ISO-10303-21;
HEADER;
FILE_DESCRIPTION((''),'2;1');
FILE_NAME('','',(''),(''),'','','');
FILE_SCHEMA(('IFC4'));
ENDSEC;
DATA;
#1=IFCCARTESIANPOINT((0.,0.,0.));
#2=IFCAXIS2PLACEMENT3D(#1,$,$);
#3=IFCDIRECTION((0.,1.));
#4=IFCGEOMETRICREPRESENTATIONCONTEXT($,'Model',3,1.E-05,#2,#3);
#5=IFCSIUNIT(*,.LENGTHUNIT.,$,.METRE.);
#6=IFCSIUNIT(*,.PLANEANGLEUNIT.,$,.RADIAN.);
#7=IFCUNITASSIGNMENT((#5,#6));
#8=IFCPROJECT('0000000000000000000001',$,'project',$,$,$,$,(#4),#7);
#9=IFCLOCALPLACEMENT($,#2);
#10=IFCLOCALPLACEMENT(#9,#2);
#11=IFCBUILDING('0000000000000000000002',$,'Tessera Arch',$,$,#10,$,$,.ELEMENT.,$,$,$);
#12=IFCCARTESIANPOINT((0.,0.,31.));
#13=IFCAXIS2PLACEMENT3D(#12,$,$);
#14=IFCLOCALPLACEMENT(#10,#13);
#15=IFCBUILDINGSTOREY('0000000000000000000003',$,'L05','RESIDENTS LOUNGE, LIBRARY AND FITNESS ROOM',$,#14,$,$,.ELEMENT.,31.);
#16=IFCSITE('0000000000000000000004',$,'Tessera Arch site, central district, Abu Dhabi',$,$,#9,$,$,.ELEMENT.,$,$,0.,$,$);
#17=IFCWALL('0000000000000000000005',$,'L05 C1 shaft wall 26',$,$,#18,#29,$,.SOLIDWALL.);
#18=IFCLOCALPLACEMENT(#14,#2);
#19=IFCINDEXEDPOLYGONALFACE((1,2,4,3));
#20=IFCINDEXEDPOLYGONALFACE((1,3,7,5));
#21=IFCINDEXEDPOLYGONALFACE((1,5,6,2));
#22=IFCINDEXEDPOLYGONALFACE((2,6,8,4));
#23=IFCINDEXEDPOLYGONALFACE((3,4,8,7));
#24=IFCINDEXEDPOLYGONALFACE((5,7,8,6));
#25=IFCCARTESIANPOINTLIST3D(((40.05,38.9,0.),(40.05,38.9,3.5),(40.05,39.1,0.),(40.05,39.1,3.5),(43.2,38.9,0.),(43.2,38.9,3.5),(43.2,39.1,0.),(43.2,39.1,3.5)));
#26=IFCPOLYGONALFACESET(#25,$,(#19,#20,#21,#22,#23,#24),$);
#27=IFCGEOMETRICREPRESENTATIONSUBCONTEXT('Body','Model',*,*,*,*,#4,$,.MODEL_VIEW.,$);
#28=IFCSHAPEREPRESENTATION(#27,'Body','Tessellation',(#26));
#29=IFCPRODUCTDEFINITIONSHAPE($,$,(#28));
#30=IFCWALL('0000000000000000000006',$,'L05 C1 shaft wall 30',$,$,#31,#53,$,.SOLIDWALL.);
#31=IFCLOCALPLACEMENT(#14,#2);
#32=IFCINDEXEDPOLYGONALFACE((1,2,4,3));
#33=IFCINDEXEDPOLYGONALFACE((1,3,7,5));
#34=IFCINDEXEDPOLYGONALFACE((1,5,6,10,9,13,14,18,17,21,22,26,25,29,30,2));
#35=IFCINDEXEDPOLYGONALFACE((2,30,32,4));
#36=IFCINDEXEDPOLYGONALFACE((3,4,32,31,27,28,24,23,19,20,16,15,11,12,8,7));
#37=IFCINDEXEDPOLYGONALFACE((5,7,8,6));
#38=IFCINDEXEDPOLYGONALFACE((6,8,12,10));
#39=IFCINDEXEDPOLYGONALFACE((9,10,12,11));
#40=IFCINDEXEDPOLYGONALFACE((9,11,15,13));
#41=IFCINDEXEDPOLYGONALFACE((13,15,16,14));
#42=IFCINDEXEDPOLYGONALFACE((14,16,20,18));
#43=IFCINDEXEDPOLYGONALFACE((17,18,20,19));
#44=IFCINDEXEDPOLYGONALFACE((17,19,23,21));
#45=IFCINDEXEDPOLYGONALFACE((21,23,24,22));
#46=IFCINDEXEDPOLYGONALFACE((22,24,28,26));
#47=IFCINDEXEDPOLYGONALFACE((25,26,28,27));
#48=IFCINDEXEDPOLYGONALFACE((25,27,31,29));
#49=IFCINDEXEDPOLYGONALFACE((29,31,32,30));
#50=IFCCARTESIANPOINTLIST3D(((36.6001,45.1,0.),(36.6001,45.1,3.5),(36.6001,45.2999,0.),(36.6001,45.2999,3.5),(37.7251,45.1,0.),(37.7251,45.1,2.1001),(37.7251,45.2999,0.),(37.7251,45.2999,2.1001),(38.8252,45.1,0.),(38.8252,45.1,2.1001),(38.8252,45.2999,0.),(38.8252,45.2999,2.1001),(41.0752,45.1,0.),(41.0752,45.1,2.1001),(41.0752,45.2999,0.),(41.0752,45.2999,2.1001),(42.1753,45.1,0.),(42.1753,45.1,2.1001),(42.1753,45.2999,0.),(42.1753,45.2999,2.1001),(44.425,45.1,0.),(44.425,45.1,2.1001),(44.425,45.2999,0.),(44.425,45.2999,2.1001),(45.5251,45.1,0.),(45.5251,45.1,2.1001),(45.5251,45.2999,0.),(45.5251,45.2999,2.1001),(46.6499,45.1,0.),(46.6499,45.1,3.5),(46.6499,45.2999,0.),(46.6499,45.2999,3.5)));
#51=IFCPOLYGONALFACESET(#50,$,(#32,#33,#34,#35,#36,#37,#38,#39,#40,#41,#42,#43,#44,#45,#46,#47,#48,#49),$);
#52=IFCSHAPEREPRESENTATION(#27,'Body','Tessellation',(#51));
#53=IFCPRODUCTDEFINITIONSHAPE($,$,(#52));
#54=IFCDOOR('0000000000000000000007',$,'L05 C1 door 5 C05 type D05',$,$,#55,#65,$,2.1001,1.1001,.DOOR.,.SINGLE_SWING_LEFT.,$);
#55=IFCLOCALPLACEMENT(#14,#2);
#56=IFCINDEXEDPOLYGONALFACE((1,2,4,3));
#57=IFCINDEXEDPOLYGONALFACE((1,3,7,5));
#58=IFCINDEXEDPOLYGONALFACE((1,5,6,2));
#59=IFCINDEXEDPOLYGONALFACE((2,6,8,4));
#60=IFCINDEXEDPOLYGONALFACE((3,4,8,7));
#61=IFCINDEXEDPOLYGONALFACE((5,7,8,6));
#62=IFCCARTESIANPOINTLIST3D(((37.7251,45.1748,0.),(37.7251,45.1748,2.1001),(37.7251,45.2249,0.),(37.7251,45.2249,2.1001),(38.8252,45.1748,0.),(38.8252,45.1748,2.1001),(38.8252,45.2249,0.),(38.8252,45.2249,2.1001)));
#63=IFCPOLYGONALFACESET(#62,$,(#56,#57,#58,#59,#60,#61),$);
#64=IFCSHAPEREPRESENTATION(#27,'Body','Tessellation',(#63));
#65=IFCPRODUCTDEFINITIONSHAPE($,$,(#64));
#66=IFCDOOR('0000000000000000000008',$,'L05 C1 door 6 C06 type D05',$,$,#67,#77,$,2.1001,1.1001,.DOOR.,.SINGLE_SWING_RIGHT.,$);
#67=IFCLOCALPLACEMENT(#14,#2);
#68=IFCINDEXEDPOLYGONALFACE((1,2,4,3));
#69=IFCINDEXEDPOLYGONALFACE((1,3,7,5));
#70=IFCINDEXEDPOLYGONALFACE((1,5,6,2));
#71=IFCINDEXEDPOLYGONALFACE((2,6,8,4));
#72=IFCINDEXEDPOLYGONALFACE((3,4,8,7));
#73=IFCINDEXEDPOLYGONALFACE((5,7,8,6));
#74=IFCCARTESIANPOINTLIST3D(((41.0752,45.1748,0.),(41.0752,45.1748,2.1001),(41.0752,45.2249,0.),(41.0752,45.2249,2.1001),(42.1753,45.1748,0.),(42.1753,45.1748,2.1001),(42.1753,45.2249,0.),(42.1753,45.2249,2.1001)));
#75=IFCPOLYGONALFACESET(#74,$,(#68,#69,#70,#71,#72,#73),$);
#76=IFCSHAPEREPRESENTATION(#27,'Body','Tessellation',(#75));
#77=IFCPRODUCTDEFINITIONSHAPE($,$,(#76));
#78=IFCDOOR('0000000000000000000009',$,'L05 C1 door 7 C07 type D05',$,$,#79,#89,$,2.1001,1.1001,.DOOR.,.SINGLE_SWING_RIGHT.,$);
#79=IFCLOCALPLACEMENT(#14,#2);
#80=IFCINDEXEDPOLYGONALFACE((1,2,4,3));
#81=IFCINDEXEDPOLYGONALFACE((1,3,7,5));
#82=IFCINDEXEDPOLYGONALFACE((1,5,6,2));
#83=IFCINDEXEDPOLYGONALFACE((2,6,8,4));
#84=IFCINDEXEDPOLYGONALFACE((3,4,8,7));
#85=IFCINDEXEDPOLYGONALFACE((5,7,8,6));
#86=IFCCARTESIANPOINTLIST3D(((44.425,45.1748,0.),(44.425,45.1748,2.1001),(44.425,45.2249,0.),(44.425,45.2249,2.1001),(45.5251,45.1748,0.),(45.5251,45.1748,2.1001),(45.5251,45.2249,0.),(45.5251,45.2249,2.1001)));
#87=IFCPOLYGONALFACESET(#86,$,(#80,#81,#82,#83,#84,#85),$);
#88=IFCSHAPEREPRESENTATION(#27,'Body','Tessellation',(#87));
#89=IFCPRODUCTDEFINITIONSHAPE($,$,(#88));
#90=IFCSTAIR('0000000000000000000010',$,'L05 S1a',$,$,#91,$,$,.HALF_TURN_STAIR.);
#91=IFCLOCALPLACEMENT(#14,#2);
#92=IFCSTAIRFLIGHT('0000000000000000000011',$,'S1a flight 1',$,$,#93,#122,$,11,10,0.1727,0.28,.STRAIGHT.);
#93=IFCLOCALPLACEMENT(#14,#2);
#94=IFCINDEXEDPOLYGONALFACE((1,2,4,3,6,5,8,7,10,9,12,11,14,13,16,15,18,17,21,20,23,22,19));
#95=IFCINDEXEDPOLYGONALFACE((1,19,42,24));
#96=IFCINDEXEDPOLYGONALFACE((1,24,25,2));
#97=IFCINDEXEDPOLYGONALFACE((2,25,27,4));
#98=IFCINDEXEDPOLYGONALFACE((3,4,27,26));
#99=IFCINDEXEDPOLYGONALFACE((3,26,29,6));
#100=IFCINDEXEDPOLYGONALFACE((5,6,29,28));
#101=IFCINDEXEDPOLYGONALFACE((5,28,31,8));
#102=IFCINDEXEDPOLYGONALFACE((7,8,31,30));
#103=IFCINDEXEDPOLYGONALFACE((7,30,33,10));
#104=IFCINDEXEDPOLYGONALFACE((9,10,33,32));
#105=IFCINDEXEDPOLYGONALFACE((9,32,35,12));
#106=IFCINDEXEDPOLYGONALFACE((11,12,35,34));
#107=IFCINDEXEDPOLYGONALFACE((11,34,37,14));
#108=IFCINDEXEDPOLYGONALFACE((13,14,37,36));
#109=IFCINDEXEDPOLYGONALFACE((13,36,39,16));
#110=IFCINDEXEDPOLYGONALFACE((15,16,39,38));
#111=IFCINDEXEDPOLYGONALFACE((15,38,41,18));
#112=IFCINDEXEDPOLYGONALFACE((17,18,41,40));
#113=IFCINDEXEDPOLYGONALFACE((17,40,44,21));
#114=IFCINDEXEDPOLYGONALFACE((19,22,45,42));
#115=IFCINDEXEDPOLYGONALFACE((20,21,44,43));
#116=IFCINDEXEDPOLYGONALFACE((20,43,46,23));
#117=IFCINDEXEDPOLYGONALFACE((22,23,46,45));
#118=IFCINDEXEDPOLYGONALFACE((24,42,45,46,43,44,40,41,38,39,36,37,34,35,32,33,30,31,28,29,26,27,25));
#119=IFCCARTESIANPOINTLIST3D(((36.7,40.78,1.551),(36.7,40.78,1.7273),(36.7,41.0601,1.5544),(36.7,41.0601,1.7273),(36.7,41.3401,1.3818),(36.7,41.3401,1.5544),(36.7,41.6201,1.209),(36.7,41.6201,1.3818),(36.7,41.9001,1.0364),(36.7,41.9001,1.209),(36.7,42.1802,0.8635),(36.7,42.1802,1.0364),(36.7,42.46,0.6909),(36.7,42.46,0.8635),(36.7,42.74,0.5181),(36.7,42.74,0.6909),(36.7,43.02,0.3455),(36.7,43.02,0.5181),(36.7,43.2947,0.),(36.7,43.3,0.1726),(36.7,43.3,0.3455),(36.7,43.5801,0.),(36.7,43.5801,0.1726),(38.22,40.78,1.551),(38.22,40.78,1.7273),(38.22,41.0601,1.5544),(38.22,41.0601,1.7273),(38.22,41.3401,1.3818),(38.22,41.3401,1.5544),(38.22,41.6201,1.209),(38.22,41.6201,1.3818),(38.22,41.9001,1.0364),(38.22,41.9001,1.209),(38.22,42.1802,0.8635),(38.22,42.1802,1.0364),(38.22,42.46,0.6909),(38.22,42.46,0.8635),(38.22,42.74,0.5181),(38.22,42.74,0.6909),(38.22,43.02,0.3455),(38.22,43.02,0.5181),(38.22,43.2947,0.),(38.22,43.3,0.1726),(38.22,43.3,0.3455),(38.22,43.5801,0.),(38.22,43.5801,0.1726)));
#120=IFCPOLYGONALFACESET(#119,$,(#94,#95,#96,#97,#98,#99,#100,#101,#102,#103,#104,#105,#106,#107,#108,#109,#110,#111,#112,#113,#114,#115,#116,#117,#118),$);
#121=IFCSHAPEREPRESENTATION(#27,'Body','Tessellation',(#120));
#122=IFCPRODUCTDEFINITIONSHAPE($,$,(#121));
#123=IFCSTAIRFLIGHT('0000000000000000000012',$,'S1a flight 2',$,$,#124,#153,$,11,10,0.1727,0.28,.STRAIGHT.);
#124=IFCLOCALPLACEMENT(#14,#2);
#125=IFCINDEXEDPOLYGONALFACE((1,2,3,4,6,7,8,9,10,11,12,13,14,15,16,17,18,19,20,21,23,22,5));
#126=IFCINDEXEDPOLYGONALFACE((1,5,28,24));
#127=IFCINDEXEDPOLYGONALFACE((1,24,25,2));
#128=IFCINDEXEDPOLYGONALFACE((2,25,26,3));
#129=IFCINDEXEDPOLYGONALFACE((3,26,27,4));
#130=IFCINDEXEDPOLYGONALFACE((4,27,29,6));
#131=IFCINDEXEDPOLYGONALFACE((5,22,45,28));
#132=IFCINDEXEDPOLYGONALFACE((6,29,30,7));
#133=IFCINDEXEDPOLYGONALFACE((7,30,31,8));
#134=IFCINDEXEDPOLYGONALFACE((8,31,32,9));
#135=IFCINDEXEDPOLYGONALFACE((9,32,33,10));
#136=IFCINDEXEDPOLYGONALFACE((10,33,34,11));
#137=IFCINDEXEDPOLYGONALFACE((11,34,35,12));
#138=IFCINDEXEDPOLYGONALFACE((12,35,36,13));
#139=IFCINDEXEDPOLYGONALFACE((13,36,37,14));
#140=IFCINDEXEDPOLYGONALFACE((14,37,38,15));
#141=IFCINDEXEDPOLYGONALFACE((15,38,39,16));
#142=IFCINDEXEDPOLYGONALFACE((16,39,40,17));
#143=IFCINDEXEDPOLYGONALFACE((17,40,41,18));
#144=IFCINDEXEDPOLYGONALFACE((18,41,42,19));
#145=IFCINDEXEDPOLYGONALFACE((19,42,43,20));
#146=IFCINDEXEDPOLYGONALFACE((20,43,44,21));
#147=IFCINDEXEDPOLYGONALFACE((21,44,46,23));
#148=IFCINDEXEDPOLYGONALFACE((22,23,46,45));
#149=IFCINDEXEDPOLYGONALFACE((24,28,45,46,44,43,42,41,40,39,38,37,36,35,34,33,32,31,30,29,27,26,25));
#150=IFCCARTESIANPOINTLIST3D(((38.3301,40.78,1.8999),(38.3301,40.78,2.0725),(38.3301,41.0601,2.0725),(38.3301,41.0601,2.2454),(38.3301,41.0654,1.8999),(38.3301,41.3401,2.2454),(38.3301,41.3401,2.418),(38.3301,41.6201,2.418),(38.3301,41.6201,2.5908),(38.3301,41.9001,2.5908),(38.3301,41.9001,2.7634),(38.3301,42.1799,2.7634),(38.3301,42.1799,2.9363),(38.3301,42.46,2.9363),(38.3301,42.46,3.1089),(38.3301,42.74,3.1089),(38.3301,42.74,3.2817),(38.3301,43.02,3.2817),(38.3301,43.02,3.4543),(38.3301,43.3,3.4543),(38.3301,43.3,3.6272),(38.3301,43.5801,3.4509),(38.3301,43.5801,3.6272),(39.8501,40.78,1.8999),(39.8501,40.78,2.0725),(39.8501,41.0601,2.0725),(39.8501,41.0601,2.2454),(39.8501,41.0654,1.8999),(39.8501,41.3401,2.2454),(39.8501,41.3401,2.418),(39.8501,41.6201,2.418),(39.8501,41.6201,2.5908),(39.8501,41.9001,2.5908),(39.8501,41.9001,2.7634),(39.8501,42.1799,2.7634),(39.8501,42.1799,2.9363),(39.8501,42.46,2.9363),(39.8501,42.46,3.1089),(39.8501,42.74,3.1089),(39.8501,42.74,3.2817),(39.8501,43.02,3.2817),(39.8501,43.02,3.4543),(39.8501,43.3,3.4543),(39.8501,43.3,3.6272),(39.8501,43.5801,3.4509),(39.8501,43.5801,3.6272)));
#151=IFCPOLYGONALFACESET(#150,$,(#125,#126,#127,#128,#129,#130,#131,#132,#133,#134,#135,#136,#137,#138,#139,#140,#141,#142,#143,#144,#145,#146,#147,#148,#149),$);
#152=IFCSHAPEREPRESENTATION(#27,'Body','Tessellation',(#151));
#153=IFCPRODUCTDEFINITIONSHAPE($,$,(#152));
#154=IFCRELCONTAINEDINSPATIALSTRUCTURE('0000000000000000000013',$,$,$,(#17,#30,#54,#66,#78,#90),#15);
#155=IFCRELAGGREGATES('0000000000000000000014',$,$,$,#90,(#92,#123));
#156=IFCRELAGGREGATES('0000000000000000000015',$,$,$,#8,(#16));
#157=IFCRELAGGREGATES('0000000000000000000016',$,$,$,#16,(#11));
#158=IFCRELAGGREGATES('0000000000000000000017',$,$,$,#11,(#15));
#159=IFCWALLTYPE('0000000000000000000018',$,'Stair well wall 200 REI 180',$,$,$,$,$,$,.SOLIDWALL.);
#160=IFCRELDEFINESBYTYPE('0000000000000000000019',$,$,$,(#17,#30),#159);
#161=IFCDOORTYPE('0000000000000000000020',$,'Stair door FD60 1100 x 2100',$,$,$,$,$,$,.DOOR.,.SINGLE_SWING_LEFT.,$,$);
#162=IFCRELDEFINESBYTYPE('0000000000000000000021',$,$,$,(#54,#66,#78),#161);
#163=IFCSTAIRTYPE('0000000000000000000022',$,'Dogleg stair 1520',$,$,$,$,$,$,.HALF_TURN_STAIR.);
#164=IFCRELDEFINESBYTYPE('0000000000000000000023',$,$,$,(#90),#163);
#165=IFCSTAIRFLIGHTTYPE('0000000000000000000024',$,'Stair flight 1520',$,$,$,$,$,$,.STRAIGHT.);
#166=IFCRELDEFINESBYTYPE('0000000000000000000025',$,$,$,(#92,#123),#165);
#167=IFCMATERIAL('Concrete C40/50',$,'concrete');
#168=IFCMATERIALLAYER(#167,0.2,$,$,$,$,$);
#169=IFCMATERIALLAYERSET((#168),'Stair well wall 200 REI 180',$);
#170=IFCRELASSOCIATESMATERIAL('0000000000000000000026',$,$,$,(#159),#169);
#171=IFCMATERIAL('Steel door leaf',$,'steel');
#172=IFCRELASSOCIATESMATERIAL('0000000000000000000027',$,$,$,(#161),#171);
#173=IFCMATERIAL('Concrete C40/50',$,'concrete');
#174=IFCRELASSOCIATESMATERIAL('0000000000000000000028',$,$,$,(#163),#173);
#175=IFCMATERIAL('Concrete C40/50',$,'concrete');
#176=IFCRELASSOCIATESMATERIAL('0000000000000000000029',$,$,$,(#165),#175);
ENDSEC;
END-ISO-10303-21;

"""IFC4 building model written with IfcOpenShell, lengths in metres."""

from ifc_helpers import new_model, si_unit, direction, frame, frame_2d, origin, place, context, subcontext, project, spatial, polyline, rectangle, outline, extrude, material, layer, layer_set, type_object, element, fill, aggregate, save


model = new_model("IFC4")

# Units and contexts
model_context = context("Model", 3, precision=1e-05, world=origin(), true_north=direction((0.0, 1.0)))
body_context = subcontext(model_context, "Body", "Model", "MODEL_VIEW")
ifc_project = project(units=[si_unit("LENGTHUNIT", "METRE"), si_unit("PLANEANGLEUNIT", "RADIAN")], contexts=[model_context])

# Site, building, storey
site_placement = place(None, origin())
site = spatial("IfcSite", under=ifc_project, at=site_placement, Name="Tessera Arch site, central district, Abu Dhabi", CompositionType="ELEMENT", RefElevation=0.0)
building_placement = place(site_placement, origin())
building = spatial("IfcBuilding", under=site, at=building_placement, Name="Tessera Arch", CompositionType="ELEMENT")
storey_placement = place(building_placement, frame((0.0, 0.0, 31.0)))
storey = spatial("IfcBuildingStorey", under=building, at=storey_placement, Name="L05", Description="RESIDENTS LOUNGE, LIBRARY AND FITNESS ROOM", CompositionType="ELEMENT", Elevation=31.0)

# Wall
ifc_material_1 = material(Name="Concrete C40/50", Category="concrete")
ifc_layer_1 = layer(ifc_material_1, 0.2)
ifc_layer_set_1 = layer_set([ifc_layer_1], Name="Stair well wall 200 REI 180")
wall_type_1 = type_object("IfcWallType", Name="Stair well wall 200 REI 180", PredefinedType="SOLIDWALL", material=ifc_layer_set_1)
wall_1_placement = place(storey_placement, frame((40.05, 39.0, 0.0), z_axis=(0.0, 0.0, 1.0), x_axis=(1.0, 0.0, 0.0)))
element("IfcWall", 1, at=wall_1_placement, inside=storey, type_object=wall_type_1, Name="L05 C1 shaft wall 26", PredefinedType="SOLIDWALL", context=body_context, shape_type="SweptSolid", body=[
    extrude(rectangle(XDim=3.1499, YDim=0.2, at=frame_2d((1.575, 0.0))), origin(), (0.0, 0.0, 1.0), 3.5),
])

# Wall, openings, doors
wall_2_placement = place(storey_placement, frame((36.6001, 45.2, 0.0), z_axis=(0.0, 0.0, 1.0), x_axis=(1.0, 0.0, 0.0)))
wall_2 = element("IfcWall", 2, at=wall_2_placement, inside=storey, type_object=wall_type_1, Name="L05 C1 shaft wall 30", PredefinedType="SOLIDWALL", context=body_context, shape_type="SweptSolid", body=[
    extrude(rectangle(XDim=10.0498, YDim=0.2, at=frame_2d((5.0249, 0.0))), origin(), (0.0, 0.0, 1.0), 3.5),
])
opening_1_placement = place(wall_2_placement, frame((1.125, 0.0, 0.0)))
opening_1 = element("IfcOpeningElement", 3, at=opening_1_placement, cuts=wall_2, PredefinedType="OPENING", context=body_context, shape_type="SweptSolid", body=[
    extrude(rectangle(XDim=1.1001, YDim=2.1001, at=frame_2d((0.55, 1.05))), frame((0.0, 0.1099, 0.0), z_axis=(0.0, -1.0, 0.0), x_axis=(1.0, 0.0, 0.0)), (0.0, 0.0, 1.0), 0.22),
])
opening_2_placement = place(wall_2_placement, frame((4.4751, 0.0, 0.0)))
opening_2 = element("IfcOpeningElement", 4, at=opening_2_placement, cuts=wall_2, PredefinedType="OPENING", context=body_context, shape_type="SweptSolid", body=[
    extrude(rectangle(XDim=1.1001, YDim=2.1001, at=frame_2d((0.55, 1.05))), frame((0.0, 0.1099, 0.0), z_axis=(0.0, -1.0, 0.0), x_axis=(1.0, 0.0, 0.0)), (0.0, 0.0, 1.0), 0.22),
])
opening_3_placement = place(wall_2_placement, frame((7.825, 0.0, 0.0)))
opening_3 = element("IfcOpeningElement", 5, at=opening_3_placement, cuts=wall_2, PredefinedType="OPENING", context=body_context, shape_type="SweptSolid", body=[
    extrude(rectangle(XDim=1.1001, YDim=2.1001, at=frame_2d((0.55, 1.05))), frame((0.0, 0.1099, 0.0), z_axis=(0.0, -1.0, 0.0), x_axis=(1.0, 0.0, 0.0)), (0.0, 0.0, 1.0), 0.22),
])
ifc_material_2 = material(Name="Steel door leaf", Category="steel")
door_type_1 = type_object("IfcDoorType", Name="Stair door FD60 1100 x 2100", OperationType="SINGLE_SWING_LEFT", PredefinedType="DOOR", material=ifc_material_2)
door_1_placement = place(opening_1_placement, origin())
door_1 = element("IfcDoor", 6, at=door_1_placement, inside=storey, type_object=door_type_1, Name="L05 C1 door 5 C05 type D05", OperationType="SINGLE_SWING_LEFT", OverallHeight=2.1001, OverallWidth=1.1001, PredefinedType="DOOR", context=body_context, shape_type="SweptSolid", body=[
    extrude(rectangle(XDim=1.1001, YDim=2.1001, at=frame_2d((0.55, 1.05))), frame((0.0, 0.0249, 0.0), z_axis=(0.0, -1.0, 0.0), x_axis=(1.0, 0.0, 0.0)), (0.0, 0.0, 1.0), 0.05),
])
fill(opening_1, door_1)
door_2_placement = place(opening_2_placement, origin())
door_2 = element("IfcDoor", 7, at=door_2_placement, inside=storey, type_object=door_type_1, Name="L05 C1 door 6 C06 type D05", OperationType="SINGLE_SWING_RIGHT", OverallHeight=2.1001, OverallWidth=1.1001, PredefinedType="DOOR", context=body_context, shape_type="SweptSolid", body=[
    extrude(rectangle(XDim=1.1001, YDim=2.1001, at=frame_2d((0.55, 1.05))), frame((0.0, 0.0249, 0.0), z_axis=(0.0, -1.0, 0.0), x_axis=(1.0, 0.0, 0.0)), (0.0, 0.0, 1.0), 0.05),
])
fill(opening_2, door_2)
door_3_placement = place(opening_3_placement, origin())
door_3 = element("IfcDoor", 8, at=door_3_placement, inside=storey, type_object=door_type_1, Name="L05 C1 door 7 C07 type D05", OperationType="SINGLE_SWING_RIGHT", OverallHeight=2.1001, OverallWidth=1.1001, PredefinedType="DOOR", context=body_context, shape_type="SweptSolid", body=[
    extrude(rectangle(XDim=1.1001, YDim=2.1001, at=frame_2d((0.55, 1.05))), frame((0.0, 0.0249, 0.0), z_axis=(0.0, -1.0, 0.0), x_axis=(1.0, 0.0, 0.0)), (0.0, 0.0, 1.0), 0.05),
])
fill(opening_3, door_3)

# Stair, stair flights
ifc_material_3 = material(Name="Concrete C40/50", Category="concrete")
stair_type = type_object("IfcStairType", Name="Dogleg stair 1520", PredefinedType="HALF_TURN_STAIR", material=ifc_material_3)
stair_1_placement = place(storey_placement, origin())
stair_1 = element("IfcStair", 9, at=stair_1_placement, inside=storey, type_object=stair_type, Name="L05 S1a", PredefinedType="HALF_TURN_STAIR")
ifc_material_4 = material(Name="Concrete C40/50", Category="concrete")
stair_flight_type = type_object("IfcStairFlightType", Name="Stair flight 1520", PredefinedType="STRAIGHT", material=ifc_material_4)
stair_flight_1_placement = place(storey_placement, frame((37.46, 43.5801, 0.0), z_axis=(0.0, 0.0, 1.0), x_axis=(0.0, -1.0, 0.0)))
stair_flight_1 = element("IfcStairFlight", 10, at=stair_flight_1_placement, type_object=stair_flight_type, Name="S1a flight 1", NumberOfRisers=11, NumberOfTreads=10, PredefinedType="STRAIGHT", RiserHeight=0.1727, TreadLength=0.28, context=body_context, shape_type="SweptSolid", body=[
    extrude(outline(polyline([(0.0, 0.0), (0.0, 0.1726), (0.28, 0.1726), (0.28, 0.3455), (0.5601, 0.3455), (0.5601, 0.5181), (0.8401, 0.5181), (0.8401, 0.6909), (1.1201, 0.6909), (1.1201, 0.8635), (1.3999, 0.8635), (1.3999, 1.0364), (1.6799, 1.0364), (1.6799, 1.209), (1.96, 1.209), (1.96, 1.3818), (2.24, 1.3818), (2.24, 1.5544), (2.52, 1.5544), (2.52, 1.7273), (2.8, 1.7273), (2.8, 1.8999), (2.8, 1.551), (0.2854, 0.0), (0.0, 0.0)])), frame((0.0, 0.76, 0.0), z_axis=(0.0, -1.0, 0.0), x_axis=(1.0, 0.0, 0.0)), (0.0, 0.0, 1.0), 1.52),
])
stair_flight_2_placement = place(storey_placement, frame((39.0901, 40.78, 1.8999), z_axis=(0.0, 0.0, 1.0), x_axis=(0.0, 1.0, 0.0)))
stair_flight_2 = element("IfcStairFlight", 11, at=stair_flight_2_placement, type_object=stair_flight_type, Name="S1a flight 2", NumberOfRisers=11, NumberOfTreads=10, PredefinedType="STRAIGHT", RiserHeight=0.1727, TreadLength=0.28, context=body_context, shape_type="SweptSolid", body=[
    extrude(outline(polyline([(0.0, 0.0), (0.0, 0.1726), (0.28, 0.1726), (0.28, 0.3455), (0.5601, 0.3455), (0.5601, 0.5181), (0.8401, 0.5181), (0.8401, 0.6909), (1.1201, 0.6909), (1.1201, 0.8635), (1.3999, 0.8635), (1.3999, 1.0364), (1.6799, 1.0364), (1.6799, 1.209), (1.96, 1.209), (1.96, 1.3818), (2.24, 1.3818), (2.24, 1.5544), (2.52, 1.5544), (2.52, 1.7273), (2.8, 1.7273), (2.8, 1.8999), (2.8, 1.551), (0.2854, 0.0), (0.0, 0.0)])), frame((0.0, 0.76, 0.0), z_axis=(0.0, -1.0, 0.0), x_axis=(1.0, 0.0, 0.0)), (0.0, 0.0, 1.0), 1.52),
])
aggregate(stair_1, [stair_flight_1, stair_flight_2])

save(model, "model.ifc")
